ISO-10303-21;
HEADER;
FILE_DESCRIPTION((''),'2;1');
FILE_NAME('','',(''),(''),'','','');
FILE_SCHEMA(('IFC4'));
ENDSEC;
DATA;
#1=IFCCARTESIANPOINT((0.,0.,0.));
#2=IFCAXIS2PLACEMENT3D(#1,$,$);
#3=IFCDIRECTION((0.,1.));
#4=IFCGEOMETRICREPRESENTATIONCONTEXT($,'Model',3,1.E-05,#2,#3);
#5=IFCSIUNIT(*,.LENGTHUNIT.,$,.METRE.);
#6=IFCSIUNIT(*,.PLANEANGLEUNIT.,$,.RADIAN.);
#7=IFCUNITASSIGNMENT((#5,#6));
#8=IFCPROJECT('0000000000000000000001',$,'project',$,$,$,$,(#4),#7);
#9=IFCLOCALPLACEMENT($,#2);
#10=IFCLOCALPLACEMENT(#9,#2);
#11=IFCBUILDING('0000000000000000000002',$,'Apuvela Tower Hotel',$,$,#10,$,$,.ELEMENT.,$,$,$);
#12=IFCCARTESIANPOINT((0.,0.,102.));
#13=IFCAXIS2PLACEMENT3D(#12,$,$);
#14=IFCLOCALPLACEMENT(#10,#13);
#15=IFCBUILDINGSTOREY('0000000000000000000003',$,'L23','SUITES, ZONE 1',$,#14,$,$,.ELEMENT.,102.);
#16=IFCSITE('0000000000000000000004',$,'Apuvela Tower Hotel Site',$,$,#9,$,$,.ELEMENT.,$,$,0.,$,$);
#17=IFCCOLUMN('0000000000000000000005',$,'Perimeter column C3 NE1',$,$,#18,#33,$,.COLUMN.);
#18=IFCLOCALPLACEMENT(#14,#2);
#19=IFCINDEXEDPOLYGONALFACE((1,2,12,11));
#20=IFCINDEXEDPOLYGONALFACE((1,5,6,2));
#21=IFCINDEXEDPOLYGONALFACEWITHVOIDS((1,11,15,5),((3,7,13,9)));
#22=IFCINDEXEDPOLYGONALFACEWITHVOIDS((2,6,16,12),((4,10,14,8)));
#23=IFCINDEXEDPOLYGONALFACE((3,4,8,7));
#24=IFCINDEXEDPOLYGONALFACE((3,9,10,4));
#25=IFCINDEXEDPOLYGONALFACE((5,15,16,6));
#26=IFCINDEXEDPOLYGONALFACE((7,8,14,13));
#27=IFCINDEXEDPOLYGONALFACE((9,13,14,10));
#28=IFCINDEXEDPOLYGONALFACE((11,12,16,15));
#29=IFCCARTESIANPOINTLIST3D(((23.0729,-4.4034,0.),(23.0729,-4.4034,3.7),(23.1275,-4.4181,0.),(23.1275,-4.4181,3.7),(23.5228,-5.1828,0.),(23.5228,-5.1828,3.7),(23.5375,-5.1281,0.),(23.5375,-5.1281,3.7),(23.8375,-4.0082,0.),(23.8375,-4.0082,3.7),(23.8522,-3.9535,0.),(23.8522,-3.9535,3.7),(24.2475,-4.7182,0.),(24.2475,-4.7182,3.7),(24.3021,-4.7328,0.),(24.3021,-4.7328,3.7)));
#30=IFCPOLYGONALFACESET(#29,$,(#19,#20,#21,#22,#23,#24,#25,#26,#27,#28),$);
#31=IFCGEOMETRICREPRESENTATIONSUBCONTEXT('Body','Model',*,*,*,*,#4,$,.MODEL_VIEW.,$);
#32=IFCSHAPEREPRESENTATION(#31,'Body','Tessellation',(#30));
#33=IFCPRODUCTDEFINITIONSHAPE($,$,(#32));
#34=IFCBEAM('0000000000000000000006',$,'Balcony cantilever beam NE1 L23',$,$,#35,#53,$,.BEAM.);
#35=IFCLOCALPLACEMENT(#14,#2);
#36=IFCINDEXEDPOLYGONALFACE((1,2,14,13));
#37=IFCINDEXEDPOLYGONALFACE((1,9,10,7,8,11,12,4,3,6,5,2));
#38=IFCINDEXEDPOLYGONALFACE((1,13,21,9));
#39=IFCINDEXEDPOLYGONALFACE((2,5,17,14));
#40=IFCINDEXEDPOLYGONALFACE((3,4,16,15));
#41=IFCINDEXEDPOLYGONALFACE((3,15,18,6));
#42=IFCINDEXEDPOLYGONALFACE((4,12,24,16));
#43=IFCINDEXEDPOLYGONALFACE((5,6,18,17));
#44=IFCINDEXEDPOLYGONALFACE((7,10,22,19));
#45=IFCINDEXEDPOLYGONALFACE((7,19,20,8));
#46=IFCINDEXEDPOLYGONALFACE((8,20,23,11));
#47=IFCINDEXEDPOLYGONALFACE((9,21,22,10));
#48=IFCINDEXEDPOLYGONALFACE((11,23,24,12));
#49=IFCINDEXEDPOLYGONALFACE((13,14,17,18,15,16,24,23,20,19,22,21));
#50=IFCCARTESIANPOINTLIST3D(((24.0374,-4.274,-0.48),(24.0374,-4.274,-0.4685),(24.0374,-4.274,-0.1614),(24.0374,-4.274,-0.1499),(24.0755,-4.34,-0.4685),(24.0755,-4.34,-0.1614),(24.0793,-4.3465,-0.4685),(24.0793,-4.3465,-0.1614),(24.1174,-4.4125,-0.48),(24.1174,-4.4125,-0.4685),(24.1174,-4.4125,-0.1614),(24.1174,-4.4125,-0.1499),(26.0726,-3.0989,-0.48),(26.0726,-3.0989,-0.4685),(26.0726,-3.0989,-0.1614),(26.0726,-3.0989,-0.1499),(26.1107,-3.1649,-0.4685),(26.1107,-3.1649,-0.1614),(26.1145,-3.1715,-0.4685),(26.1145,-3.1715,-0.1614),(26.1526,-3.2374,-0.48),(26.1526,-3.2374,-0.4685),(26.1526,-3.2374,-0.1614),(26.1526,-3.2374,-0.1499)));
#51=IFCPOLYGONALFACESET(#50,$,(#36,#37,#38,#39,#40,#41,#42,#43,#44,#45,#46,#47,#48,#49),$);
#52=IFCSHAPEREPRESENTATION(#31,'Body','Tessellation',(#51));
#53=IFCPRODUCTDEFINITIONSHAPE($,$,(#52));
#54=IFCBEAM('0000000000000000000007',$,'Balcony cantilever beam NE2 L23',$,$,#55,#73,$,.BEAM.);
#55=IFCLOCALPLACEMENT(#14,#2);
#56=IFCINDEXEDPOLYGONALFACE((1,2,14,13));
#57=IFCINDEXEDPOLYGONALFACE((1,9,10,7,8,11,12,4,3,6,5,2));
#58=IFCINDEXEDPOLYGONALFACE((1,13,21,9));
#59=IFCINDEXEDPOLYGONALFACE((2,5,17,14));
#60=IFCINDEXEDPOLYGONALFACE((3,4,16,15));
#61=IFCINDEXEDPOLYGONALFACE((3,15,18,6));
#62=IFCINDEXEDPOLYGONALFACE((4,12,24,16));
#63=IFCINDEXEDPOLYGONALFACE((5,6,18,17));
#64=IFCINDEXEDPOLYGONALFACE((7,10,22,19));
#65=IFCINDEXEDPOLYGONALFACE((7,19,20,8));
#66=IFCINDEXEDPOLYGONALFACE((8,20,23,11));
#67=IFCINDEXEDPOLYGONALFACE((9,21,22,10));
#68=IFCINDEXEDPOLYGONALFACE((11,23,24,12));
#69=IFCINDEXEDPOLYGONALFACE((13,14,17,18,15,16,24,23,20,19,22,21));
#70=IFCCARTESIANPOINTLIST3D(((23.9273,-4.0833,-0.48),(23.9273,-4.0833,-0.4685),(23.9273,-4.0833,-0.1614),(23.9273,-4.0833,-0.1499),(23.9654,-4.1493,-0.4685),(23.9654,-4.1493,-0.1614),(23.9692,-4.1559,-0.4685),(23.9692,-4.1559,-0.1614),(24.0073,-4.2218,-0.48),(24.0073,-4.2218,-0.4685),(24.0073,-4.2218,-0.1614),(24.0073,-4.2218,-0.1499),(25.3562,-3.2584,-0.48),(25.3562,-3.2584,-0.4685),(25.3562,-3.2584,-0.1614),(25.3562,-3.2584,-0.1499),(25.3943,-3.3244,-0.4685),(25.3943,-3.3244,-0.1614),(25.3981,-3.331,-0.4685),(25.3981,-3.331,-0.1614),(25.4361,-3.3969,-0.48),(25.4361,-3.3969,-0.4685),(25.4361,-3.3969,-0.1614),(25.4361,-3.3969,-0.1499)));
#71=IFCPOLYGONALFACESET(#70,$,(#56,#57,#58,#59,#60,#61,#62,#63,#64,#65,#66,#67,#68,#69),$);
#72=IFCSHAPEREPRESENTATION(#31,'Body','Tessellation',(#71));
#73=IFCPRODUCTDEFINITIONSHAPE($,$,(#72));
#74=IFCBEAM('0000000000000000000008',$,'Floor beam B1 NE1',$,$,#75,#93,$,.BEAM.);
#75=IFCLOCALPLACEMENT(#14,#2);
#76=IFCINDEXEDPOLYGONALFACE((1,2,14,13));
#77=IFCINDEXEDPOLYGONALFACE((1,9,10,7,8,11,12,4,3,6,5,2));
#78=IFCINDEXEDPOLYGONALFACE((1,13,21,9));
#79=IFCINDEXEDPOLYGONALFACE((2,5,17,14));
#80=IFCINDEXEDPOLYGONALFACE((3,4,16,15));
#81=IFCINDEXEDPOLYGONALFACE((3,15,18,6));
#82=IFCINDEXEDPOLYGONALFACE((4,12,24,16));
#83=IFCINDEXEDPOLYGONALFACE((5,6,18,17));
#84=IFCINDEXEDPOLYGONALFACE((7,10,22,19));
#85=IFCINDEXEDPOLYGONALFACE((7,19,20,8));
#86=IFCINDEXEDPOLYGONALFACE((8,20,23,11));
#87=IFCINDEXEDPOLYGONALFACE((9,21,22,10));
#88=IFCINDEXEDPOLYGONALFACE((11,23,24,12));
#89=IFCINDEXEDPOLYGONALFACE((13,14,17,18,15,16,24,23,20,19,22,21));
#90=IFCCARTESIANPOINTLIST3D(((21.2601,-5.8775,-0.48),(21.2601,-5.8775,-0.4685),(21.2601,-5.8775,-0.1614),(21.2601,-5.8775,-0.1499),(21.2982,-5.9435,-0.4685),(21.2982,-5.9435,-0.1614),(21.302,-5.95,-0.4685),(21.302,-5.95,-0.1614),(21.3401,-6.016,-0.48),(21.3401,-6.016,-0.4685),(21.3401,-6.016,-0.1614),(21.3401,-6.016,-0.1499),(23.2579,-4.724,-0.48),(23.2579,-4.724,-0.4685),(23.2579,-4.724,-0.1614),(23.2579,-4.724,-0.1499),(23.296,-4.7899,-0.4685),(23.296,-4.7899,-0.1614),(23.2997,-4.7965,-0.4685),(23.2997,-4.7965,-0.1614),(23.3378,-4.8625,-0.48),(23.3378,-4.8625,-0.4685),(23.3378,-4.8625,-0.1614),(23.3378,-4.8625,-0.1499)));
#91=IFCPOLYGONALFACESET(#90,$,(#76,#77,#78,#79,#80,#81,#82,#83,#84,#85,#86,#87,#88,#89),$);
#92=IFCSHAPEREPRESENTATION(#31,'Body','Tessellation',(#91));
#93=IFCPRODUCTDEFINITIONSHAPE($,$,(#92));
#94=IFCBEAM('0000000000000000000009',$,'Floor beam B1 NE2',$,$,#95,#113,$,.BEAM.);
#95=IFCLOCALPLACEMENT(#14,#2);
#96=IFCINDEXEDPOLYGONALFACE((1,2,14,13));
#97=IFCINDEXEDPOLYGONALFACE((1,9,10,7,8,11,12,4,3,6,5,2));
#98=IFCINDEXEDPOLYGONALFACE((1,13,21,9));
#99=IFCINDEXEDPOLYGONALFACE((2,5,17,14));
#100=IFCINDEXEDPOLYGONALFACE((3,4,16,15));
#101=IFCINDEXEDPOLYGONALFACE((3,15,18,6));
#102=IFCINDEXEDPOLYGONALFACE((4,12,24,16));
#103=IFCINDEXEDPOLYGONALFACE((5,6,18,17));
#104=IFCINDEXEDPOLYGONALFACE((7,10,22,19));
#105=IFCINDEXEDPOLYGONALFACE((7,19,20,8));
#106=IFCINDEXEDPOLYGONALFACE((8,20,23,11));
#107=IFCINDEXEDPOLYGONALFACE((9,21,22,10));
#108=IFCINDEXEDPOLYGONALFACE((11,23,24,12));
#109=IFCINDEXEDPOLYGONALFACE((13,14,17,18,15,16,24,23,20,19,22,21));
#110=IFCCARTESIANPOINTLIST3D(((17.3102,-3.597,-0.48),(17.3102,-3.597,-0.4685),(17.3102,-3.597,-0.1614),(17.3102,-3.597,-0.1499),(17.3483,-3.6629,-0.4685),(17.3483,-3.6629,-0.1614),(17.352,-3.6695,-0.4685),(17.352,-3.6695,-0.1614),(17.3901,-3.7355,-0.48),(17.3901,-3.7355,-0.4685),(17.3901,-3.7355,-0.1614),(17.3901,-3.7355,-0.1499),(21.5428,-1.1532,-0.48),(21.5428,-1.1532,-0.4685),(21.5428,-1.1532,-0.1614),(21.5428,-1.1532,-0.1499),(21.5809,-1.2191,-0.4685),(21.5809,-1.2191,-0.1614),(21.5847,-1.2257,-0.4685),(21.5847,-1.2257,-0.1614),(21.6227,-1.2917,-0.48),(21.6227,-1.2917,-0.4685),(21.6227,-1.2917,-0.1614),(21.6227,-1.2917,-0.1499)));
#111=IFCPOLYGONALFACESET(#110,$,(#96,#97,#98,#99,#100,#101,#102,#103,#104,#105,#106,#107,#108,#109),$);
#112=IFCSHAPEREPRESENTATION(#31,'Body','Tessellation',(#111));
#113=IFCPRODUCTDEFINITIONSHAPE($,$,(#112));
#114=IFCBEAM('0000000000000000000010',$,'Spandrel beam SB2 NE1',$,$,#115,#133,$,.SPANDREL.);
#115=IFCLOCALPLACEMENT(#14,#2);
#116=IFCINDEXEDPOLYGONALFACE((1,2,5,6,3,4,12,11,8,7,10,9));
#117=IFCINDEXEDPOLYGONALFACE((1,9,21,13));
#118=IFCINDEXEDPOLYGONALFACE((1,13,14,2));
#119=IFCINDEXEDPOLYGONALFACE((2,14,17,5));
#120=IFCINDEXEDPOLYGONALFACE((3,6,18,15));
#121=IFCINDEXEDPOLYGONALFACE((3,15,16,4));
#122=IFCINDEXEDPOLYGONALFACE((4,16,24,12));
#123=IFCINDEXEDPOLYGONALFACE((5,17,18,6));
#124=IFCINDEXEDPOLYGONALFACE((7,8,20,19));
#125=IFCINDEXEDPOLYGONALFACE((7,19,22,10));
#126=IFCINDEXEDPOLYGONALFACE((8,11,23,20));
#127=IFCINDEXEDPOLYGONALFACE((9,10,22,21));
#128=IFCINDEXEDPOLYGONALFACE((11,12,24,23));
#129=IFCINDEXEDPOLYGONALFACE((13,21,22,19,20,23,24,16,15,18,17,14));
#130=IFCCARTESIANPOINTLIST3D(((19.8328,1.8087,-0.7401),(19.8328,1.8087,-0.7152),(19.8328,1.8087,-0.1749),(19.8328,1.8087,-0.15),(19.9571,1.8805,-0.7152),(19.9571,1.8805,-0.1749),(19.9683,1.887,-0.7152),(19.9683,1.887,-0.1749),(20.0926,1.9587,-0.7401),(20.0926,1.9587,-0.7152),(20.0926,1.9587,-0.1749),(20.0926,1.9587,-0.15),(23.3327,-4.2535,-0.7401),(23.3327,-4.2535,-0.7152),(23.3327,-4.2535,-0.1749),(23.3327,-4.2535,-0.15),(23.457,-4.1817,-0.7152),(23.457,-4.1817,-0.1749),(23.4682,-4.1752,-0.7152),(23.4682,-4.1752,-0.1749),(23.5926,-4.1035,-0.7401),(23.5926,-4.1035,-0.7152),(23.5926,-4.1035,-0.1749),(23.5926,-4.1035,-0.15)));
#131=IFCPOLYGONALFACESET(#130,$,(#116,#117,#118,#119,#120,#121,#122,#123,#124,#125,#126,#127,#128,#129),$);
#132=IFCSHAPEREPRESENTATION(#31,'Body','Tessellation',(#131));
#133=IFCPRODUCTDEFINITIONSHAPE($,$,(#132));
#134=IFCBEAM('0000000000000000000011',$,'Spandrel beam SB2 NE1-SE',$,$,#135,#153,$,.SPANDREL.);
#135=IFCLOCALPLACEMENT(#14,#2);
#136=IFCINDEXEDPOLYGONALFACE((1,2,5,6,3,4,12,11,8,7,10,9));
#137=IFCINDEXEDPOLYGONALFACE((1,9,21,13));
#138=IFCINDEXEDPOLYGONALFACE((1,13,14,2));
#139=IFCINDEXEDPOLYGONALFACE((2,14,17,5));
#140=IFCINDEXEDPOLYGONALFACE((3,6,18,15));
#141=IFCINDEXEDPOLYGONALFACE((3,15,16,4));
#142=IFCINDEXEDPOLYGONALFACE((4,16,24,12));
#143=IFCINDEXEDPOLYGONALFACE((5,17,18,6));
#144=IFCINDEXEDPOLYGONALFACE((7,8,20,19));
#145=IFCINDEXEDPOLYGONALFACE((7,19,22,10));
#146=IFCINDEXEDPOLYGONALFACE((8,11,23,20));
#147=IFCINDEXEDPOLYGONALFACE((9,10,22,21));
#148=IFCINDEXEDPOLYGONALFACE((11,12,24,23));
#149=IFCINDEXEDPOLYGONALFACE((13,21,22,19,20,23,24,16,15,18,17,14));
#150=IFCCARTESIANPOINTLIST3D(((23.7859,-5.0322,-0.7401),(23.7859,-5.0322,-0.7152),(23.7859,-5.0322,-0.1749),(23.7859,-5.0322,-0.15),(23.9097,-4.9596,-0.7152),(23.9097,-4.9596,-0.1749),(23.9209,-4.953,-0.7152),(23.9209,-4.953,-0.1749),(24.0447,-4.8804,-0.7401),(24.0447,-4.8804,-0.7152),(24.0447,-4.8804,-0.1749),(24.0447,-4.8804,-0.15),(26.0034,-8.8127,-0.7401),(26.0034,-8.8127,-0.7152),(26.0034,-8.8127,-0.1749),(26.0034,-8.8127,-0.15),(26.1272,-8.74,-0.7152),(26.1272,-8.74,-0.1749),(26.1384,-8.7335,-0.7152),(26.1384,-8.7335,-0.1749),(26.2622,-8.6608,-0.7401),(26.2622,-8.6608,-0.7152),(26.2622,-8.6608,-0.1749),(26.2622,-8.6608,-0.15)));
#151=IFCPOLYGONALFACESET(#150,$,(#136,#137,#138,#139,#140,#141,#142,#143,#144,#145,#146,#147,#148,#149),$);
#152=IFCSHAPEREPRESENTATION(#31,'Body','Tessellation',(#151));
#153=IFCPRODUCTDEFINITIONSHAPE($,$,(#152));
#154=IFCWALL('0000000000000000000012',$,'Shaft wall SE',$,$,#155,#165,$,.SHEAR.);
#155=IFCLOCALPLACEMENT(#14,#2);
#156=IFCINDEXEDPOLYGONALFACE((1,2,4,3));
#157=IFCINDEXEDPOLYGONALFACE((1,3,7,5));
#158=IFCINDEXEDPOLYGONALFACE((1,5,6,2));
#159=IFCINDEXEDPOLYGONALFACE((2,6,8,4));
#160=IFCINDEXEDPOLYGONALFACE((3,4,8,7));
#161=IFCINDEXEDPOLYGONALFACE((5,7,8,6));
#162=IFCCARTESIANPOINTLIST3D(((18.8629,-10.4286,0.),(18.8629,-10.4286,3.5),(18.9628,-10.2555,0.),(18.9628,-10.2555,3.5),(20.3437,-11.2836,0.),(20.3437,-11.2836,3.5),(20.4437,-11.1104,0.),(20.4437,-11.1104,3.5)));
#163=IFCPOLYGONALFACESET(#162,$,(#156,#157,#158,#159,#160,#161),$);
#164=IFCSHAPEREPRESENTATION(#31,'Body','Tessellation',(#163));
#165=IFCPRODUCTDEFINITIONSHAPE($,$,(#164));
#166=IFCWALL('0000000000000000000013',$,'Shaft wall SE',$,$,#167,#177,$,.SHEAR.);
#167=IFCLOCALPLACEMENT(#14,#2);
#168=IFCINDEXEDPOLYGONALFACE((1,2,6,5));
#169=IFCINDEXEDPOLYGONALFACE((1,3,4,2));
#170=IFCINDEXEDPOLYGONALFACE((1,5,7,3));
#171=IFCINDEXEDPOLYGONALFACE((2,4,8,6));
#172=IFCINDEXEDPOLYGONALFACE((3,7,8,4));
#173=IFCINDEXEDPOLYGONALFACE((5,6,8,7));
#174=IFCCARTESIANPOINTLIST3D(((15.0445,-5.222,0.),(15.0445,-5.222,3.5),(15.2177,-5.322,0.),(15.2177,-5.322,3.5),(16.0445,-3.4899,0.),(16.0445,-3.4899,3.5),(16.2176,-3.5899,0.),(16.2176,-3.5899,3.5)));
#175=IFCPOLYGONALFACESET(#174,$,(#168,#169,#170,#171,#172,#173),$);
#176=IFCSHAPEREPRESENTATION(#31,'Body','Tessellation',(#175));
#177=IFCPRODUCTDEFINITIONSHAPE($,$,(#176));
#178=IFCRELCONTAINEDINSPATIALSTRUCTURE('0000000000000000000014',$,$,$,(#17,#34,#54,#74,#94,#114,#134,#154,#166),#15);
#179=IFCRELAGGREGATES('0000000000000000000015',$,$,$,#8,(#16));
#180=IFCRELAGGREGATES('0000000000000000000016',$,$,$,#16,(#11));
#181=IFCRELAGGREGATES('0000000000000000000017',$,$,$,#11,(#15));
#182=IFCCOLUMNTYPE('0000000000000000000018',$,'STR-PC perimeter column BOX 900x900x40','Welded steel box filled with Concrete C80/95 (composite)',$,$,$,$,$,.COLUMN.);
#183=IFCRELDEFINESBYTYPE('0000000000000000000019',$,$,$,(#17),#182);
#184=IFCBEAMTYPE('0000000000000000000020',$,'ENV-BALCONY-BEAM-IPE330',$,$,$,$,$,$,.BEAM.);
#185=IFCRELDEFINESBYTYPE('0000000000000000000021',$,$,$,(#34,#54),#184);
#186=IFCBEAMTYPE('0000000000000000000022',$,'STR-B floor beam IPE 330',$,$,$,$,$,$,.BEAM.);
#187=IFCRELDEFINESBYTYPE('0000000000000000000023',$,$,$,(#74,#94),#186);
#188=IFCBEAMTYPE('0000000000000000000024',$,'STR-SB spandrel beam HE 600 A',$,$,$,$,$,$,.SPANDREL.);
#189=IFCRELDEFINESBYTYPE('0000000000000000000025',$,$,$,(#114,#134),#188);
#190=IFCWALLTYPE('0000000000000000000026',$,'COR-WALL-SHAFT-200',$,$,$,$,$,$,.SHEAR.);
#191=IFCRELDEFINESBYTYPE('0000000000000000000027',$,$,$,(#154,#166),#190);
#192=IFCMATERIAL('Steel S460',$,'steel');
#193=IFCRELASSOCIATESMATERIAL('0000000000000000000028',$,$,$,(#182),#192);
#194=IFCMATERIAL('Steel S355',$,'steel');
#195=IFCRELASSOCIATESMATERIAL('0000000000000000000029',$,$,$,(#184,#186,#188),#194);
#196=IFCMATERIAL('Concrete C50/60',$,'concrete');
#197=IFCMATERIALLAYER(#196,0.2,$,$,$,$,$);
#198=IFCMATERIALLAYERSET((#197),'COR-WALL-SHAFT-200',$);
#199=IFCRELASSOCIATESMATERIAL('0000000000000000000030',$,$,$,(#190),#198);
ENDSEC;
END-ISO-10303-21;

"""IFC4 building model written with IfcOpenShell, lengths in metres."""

from ifc_helpers import new_model, si_unit, direction, frame, frame_2d, origin, origin_2d, place, context, subcontext, project, spatial, rectangle, hollow_rectangle, i_section, extrude, material, layer, layer_set, material_profile, profile_set, type_object, element, save


model = new_model("IFC4")

# Units and contexts
model_context = context("Model", 3, precision=1e-05, world=origin(), true_north=direction((0.0, 1.0)))
body_context = subcontext(model_context, "Body", "Model", "MODEL_VIEW")
ifc_project = project(units=[si_unit("LENGTHUNIT", "METRE"), si_unit("PLANEANGLEUNIT", "RADIAN")], contexts=[model_context])

# Site, building, storey
site_placement = place(None, origin())
site = spatial("IfcSite", under=ifc_project, at=site_placement, Name="Apuvela Tower Hotel Site", CompositionType="ELEMENT", RefElevation=0.0)
building_placement = place(site_placement, origin())
building = spatial("IfcBuilding", under=site, at=building_placement, Name="Apuvela Tower Hotel", CompositionType="ELEMENT")
storey_placement = place(building_placement, frame((0.0, 0.0, 102.0)))
storey = spatial("IfcBuildingStorey", under=building, at=storey_placement, Name="L23", Description="SUITES, ZONE 1", CompositionType="ELEMENT", Elevation=102.0)

# Column
ifc_material_1 = material(Name="Steel S460", Category="steel")
ifc_material_profile_1 = material_profile(ifc_material_1, hollow_rectangle(XDim=0.8999, YDim=0.8999, WallThickness=0.04, at=origin_2d()), Name="BOX 900x900x40")
ifc_material_2 = material(Name="Concrete C80/95", Category="concrete")
ifc_material_profile_2 = material_profile(ifc_material_2, rectangle(XDim=0.8201, YDim=0.8201, at=origin_2d()), Name="Concrete C80/95 infill")
ifc_profile_set_1 = profile_set([ifc_material_profile_1, ifc_material_profile_2], Name="Steel S460")
column_type = type_object("IfcColumnType", Name="STR-PC perimeter column BOX 900x900x40", Description="Welded steel box filled with Concrete C80/95 (composite)", PredefinedType="COLUMN", material=ifc_profile_set_1)
column_placement = place(storey_placement, frame((23.6875, -4.5681, 0.0), z_axis=(0.0, 0.0, 1.0), x_axis=(-0.5, 0.866025, 0.0)))
element("IfcColumn", 1, at=column_placement, inside=storey, type_object=column_type, Name="Perimeter column C3 NE1", PredefinedType="COLUMN", context=body_context, shape_type="SweptSolid", body=[
    extrude(hollow_rectangle(XDim=0.8999, YDim=0.8999, WallThickness=0.04, at=origin_2d()), origin(), (0.0, 0.0, 1.0), 3.7),
])

# Beams
ifc_material_3 = material(Name="Steel S355", Category="steel")
ifc_material_profile_3 = material_profile(ifc_material_3, i_section(OverallWidth=0.1599, OverallDepth=0.3301, WebThickness=0.0076, FlangeThickness=0.0115, at=origin_2d()), Name="IPE 330")
ifc_profile_set_2 = profile_set([ifc_material_profile_3], Name="Steel S355")
beam_type_1 = type_object("IfcBeamType", Name="ENV-BALCONY-BEAM-IPE330", PredefinedType="BEAM", material=ifc_profile_set_2)
beam_1_placement = place(storey_placement, frame((24.0774, -4.3433, -0.3149), z_axis=(0.866016, 0.500016, 0.0), x_axis=(-0.500016, 0.866016, 0.0)))
element("IfcBeam", 2, at=beam_1_placement, inside=storey, type_object=beam_type_1, Name="Balcony cantilever beam NE1 L23", PredefinedType="BEAM", context=body_context, shape_type="SweptSolid", body=[
    extrude(i_section(OverallWidth=0.1599, OverallDepth=0.3301, WebThickness=0.0076, FlangeThickness=0.0115, at=origin_2d()), origin(), (0.0, 0.0, 1.0), 2.3501),
])
beam_2_placement = place(storey_placement, frame((23.9673, -4.1526, -0.3149), z_axis=(0.86604, 0.499974, 0.0), x_axis=(-0.499974, 0.86604, 0.0)))
element("IfcBeam", 3, at=beam_2_placement, inside=storey, type_object=beam_type_1, Name="Balcony cantilever beam NE2 L23", PredefinedType="BEAM", context=body_context, shape_type="SweptSolid", body=[
    extrude(i_section(OverallWidth=0.1599, OverallDepth=0.3301, WebThickness=0.0076, FlangeThickness=0.0115, at=origin_2d()), origin(), (0.0, 0.0, 1.0), 1.6499),
])
ifc_material_profile_4 = material_profile(ifc_material_3, i_section(OverallWidth=0.1599, OverallDepth=0.3301, WebThickness=0.0076, FlangeThickness=0.0115, at=origin_2d()), Name="IPE 330")
ifc_profile_set_3 = profile_set([ifc_material_profile_4], Name="Steel S355")
beam_type_2 = type_object("IfcBeamType", Name="STR-B floor beam IPE 330", PredefinedType="BEAM", material=ifc_profile_set_3)
beam_3_placement = place(storey_placement, frame((23.2979, -4.7932, -0.3149), z_axis=(-0.866001, -0.500043, 0.0), x_axis=(0.500043, -0.866001, 0.0)))
element("IfcBeam", 4, at=beam_3_placement, inside=storey, type_object=beam_type_2, Name="Floor beam B1 NE1", PredefinedType="BEAM", context=body_context, shape_type="SweptSolid", body=[
    extrude(i_section(OverallWidth=0.1599, OverallDepth=0.3301, WebThickness=0.0076, FlangeThickness=0.0115, at=origin_2d()), origin(), (0.0, 0.0, 1.0), 2.3069),
])
beam_4_placement = place(storey_placement, frame((21.5828, -1.2224, -0.3149), z_axis=(-0.866015, -0.500018, 0.0), x_axis=(0.500018, -0.866015, 0.0)))
element("IfcBeam", 5, at=beam_4_placement, inside=storey, type_object=beam_type_2, Name="Floor beam B1 NE2", PredefinedType="BEAM", context=body_context, shape_type="SweptSolid", body=[
    extrude(i_section(OverallWidth=0.1599, OverallDepth=0.3301, WebThickness=0.0076, FlangeThickness=0.0115, at=origin_2d()), origin(), (0.0, 0.0, 1.0), 4.8875),
])
ifc_material_profile_5 = material_profile(ifc_material_3, i_section(OverallWidth=0.3, OverallDepth=0.5901, WebThickness=0.0129, FlangeThickness=0.0249, at=origin_2d()), Name="HE 600 A")
ifc_profile_set_4 = profile_set([ifc_material_profile_5], Name="Steel S355")
beam_type_3 = type_object("IfcBeamType", Name="STR-SB spandrel beam HE 600 A", PredefinedType="SPANDREL", material=ifc_profile_set_4)
beam_5_placement = place(storey_placement, frame((23.4626, -4.1785, -0.4451), z_axis=(-0.499995, 0.866028, 0.0), x_axis=(-0.866028, -0.499995, 0.0)))
element("IfcBeam", 6, at=beam_5_placement, inside=storey, type_object=beam_type_3, Name="Spandrel beam SB2 NE1", PredefinedType="SPANDREL", context=body_context, shape_type="SweptSolid", body=[
    extrude(i_section(OverallWidth=0.3, OverallDepth=0.5901, WebThickness=0.0129, FlangeThickness=0.0249, at=origin_2d()), origin(), (0.0, 0.0, 1.0), 7.0),
])
beam_6_placement = place(storey_placement, frame((23.9153, -4.9563, -0.4451), z_axis=(0.505951, -0.862562, 0.0), x_axis=(0.862562, 0.505951, 0.0)))
element("IfcBeam", 7, at=beam_6_placement, inside=storey, type_object=beam_type_3, Name="Spandrel beam SB2 NE1-SE", PredefinedType="SPANDREL", context=body_context, shape_type="SweptSolid", body=[
    extrude(i_section(OverallWidth=0.3, OverallDepth=0.5901, WebThickness=0.0129, FlangeThickness=0.0249, at=origin_2d()), origin(), (0.0, 0.0, 1.0), 4.3828),
])

# Walls
ifc_material_4 = material(Name="Concrete C50/60", Category="concrete")
ifc_layer_1 = layer(ifc_material_4, 0.2)
ifc_layer_set_1 = layer_set([ifc_layer_1], Name="COR-WALL-SHAFT-200")
wall_type_1 = type_object("IfcWallType", Name="COR-WALL-SHAFT-200", PredefinedType="SHEAR", material=ifc_layer_set_1)
wall_1_placement = place(storey_placement, frame((18.9128, -10.342, 0.0), z_axis=(0.0, 0.0, 1.0), x_axis=(0.866038, -0.499978, 0.0)))
element("IfcWall", 8, at=wall_1_placement, inside=storey, type_object=wall_type_1, Name="Shaft wall SE", PredefinedType="SHEAR", context=body_context, shape_type="SweptSolid", body=[
    extrude(rectangle(XDim=1.71, YDim=0.2, at=frame_2d((0.855, 0.0))), origin(), (0.0, 0.0, 1.0), 3.5),
])
for number, where, z_axis, x_axis, name in (
    (9, (15.1311, -5.272, 0.0), (0.0, 0.0, 1.0), (0.499973, 0.866041, 0.0), "Shaft wall SE"),
):
    element("IfcWall", number, at=place(storey_placement, frame(where, z_axis=z_axis, x_axis=x_axis)), inside=storey, type_object=wall_type_1, Name=name, PredefinedType="SHEAR", context=body_context, shape_type="SweptSolid", body=[
        extrude(rectangle(XDim=2.0, YDim=0.2, at=frame_2d((1.0, 0.0))), origin(), (0.0, 0.0, 1.0), 3.5),
    ])

save(model, "model.ifc")
